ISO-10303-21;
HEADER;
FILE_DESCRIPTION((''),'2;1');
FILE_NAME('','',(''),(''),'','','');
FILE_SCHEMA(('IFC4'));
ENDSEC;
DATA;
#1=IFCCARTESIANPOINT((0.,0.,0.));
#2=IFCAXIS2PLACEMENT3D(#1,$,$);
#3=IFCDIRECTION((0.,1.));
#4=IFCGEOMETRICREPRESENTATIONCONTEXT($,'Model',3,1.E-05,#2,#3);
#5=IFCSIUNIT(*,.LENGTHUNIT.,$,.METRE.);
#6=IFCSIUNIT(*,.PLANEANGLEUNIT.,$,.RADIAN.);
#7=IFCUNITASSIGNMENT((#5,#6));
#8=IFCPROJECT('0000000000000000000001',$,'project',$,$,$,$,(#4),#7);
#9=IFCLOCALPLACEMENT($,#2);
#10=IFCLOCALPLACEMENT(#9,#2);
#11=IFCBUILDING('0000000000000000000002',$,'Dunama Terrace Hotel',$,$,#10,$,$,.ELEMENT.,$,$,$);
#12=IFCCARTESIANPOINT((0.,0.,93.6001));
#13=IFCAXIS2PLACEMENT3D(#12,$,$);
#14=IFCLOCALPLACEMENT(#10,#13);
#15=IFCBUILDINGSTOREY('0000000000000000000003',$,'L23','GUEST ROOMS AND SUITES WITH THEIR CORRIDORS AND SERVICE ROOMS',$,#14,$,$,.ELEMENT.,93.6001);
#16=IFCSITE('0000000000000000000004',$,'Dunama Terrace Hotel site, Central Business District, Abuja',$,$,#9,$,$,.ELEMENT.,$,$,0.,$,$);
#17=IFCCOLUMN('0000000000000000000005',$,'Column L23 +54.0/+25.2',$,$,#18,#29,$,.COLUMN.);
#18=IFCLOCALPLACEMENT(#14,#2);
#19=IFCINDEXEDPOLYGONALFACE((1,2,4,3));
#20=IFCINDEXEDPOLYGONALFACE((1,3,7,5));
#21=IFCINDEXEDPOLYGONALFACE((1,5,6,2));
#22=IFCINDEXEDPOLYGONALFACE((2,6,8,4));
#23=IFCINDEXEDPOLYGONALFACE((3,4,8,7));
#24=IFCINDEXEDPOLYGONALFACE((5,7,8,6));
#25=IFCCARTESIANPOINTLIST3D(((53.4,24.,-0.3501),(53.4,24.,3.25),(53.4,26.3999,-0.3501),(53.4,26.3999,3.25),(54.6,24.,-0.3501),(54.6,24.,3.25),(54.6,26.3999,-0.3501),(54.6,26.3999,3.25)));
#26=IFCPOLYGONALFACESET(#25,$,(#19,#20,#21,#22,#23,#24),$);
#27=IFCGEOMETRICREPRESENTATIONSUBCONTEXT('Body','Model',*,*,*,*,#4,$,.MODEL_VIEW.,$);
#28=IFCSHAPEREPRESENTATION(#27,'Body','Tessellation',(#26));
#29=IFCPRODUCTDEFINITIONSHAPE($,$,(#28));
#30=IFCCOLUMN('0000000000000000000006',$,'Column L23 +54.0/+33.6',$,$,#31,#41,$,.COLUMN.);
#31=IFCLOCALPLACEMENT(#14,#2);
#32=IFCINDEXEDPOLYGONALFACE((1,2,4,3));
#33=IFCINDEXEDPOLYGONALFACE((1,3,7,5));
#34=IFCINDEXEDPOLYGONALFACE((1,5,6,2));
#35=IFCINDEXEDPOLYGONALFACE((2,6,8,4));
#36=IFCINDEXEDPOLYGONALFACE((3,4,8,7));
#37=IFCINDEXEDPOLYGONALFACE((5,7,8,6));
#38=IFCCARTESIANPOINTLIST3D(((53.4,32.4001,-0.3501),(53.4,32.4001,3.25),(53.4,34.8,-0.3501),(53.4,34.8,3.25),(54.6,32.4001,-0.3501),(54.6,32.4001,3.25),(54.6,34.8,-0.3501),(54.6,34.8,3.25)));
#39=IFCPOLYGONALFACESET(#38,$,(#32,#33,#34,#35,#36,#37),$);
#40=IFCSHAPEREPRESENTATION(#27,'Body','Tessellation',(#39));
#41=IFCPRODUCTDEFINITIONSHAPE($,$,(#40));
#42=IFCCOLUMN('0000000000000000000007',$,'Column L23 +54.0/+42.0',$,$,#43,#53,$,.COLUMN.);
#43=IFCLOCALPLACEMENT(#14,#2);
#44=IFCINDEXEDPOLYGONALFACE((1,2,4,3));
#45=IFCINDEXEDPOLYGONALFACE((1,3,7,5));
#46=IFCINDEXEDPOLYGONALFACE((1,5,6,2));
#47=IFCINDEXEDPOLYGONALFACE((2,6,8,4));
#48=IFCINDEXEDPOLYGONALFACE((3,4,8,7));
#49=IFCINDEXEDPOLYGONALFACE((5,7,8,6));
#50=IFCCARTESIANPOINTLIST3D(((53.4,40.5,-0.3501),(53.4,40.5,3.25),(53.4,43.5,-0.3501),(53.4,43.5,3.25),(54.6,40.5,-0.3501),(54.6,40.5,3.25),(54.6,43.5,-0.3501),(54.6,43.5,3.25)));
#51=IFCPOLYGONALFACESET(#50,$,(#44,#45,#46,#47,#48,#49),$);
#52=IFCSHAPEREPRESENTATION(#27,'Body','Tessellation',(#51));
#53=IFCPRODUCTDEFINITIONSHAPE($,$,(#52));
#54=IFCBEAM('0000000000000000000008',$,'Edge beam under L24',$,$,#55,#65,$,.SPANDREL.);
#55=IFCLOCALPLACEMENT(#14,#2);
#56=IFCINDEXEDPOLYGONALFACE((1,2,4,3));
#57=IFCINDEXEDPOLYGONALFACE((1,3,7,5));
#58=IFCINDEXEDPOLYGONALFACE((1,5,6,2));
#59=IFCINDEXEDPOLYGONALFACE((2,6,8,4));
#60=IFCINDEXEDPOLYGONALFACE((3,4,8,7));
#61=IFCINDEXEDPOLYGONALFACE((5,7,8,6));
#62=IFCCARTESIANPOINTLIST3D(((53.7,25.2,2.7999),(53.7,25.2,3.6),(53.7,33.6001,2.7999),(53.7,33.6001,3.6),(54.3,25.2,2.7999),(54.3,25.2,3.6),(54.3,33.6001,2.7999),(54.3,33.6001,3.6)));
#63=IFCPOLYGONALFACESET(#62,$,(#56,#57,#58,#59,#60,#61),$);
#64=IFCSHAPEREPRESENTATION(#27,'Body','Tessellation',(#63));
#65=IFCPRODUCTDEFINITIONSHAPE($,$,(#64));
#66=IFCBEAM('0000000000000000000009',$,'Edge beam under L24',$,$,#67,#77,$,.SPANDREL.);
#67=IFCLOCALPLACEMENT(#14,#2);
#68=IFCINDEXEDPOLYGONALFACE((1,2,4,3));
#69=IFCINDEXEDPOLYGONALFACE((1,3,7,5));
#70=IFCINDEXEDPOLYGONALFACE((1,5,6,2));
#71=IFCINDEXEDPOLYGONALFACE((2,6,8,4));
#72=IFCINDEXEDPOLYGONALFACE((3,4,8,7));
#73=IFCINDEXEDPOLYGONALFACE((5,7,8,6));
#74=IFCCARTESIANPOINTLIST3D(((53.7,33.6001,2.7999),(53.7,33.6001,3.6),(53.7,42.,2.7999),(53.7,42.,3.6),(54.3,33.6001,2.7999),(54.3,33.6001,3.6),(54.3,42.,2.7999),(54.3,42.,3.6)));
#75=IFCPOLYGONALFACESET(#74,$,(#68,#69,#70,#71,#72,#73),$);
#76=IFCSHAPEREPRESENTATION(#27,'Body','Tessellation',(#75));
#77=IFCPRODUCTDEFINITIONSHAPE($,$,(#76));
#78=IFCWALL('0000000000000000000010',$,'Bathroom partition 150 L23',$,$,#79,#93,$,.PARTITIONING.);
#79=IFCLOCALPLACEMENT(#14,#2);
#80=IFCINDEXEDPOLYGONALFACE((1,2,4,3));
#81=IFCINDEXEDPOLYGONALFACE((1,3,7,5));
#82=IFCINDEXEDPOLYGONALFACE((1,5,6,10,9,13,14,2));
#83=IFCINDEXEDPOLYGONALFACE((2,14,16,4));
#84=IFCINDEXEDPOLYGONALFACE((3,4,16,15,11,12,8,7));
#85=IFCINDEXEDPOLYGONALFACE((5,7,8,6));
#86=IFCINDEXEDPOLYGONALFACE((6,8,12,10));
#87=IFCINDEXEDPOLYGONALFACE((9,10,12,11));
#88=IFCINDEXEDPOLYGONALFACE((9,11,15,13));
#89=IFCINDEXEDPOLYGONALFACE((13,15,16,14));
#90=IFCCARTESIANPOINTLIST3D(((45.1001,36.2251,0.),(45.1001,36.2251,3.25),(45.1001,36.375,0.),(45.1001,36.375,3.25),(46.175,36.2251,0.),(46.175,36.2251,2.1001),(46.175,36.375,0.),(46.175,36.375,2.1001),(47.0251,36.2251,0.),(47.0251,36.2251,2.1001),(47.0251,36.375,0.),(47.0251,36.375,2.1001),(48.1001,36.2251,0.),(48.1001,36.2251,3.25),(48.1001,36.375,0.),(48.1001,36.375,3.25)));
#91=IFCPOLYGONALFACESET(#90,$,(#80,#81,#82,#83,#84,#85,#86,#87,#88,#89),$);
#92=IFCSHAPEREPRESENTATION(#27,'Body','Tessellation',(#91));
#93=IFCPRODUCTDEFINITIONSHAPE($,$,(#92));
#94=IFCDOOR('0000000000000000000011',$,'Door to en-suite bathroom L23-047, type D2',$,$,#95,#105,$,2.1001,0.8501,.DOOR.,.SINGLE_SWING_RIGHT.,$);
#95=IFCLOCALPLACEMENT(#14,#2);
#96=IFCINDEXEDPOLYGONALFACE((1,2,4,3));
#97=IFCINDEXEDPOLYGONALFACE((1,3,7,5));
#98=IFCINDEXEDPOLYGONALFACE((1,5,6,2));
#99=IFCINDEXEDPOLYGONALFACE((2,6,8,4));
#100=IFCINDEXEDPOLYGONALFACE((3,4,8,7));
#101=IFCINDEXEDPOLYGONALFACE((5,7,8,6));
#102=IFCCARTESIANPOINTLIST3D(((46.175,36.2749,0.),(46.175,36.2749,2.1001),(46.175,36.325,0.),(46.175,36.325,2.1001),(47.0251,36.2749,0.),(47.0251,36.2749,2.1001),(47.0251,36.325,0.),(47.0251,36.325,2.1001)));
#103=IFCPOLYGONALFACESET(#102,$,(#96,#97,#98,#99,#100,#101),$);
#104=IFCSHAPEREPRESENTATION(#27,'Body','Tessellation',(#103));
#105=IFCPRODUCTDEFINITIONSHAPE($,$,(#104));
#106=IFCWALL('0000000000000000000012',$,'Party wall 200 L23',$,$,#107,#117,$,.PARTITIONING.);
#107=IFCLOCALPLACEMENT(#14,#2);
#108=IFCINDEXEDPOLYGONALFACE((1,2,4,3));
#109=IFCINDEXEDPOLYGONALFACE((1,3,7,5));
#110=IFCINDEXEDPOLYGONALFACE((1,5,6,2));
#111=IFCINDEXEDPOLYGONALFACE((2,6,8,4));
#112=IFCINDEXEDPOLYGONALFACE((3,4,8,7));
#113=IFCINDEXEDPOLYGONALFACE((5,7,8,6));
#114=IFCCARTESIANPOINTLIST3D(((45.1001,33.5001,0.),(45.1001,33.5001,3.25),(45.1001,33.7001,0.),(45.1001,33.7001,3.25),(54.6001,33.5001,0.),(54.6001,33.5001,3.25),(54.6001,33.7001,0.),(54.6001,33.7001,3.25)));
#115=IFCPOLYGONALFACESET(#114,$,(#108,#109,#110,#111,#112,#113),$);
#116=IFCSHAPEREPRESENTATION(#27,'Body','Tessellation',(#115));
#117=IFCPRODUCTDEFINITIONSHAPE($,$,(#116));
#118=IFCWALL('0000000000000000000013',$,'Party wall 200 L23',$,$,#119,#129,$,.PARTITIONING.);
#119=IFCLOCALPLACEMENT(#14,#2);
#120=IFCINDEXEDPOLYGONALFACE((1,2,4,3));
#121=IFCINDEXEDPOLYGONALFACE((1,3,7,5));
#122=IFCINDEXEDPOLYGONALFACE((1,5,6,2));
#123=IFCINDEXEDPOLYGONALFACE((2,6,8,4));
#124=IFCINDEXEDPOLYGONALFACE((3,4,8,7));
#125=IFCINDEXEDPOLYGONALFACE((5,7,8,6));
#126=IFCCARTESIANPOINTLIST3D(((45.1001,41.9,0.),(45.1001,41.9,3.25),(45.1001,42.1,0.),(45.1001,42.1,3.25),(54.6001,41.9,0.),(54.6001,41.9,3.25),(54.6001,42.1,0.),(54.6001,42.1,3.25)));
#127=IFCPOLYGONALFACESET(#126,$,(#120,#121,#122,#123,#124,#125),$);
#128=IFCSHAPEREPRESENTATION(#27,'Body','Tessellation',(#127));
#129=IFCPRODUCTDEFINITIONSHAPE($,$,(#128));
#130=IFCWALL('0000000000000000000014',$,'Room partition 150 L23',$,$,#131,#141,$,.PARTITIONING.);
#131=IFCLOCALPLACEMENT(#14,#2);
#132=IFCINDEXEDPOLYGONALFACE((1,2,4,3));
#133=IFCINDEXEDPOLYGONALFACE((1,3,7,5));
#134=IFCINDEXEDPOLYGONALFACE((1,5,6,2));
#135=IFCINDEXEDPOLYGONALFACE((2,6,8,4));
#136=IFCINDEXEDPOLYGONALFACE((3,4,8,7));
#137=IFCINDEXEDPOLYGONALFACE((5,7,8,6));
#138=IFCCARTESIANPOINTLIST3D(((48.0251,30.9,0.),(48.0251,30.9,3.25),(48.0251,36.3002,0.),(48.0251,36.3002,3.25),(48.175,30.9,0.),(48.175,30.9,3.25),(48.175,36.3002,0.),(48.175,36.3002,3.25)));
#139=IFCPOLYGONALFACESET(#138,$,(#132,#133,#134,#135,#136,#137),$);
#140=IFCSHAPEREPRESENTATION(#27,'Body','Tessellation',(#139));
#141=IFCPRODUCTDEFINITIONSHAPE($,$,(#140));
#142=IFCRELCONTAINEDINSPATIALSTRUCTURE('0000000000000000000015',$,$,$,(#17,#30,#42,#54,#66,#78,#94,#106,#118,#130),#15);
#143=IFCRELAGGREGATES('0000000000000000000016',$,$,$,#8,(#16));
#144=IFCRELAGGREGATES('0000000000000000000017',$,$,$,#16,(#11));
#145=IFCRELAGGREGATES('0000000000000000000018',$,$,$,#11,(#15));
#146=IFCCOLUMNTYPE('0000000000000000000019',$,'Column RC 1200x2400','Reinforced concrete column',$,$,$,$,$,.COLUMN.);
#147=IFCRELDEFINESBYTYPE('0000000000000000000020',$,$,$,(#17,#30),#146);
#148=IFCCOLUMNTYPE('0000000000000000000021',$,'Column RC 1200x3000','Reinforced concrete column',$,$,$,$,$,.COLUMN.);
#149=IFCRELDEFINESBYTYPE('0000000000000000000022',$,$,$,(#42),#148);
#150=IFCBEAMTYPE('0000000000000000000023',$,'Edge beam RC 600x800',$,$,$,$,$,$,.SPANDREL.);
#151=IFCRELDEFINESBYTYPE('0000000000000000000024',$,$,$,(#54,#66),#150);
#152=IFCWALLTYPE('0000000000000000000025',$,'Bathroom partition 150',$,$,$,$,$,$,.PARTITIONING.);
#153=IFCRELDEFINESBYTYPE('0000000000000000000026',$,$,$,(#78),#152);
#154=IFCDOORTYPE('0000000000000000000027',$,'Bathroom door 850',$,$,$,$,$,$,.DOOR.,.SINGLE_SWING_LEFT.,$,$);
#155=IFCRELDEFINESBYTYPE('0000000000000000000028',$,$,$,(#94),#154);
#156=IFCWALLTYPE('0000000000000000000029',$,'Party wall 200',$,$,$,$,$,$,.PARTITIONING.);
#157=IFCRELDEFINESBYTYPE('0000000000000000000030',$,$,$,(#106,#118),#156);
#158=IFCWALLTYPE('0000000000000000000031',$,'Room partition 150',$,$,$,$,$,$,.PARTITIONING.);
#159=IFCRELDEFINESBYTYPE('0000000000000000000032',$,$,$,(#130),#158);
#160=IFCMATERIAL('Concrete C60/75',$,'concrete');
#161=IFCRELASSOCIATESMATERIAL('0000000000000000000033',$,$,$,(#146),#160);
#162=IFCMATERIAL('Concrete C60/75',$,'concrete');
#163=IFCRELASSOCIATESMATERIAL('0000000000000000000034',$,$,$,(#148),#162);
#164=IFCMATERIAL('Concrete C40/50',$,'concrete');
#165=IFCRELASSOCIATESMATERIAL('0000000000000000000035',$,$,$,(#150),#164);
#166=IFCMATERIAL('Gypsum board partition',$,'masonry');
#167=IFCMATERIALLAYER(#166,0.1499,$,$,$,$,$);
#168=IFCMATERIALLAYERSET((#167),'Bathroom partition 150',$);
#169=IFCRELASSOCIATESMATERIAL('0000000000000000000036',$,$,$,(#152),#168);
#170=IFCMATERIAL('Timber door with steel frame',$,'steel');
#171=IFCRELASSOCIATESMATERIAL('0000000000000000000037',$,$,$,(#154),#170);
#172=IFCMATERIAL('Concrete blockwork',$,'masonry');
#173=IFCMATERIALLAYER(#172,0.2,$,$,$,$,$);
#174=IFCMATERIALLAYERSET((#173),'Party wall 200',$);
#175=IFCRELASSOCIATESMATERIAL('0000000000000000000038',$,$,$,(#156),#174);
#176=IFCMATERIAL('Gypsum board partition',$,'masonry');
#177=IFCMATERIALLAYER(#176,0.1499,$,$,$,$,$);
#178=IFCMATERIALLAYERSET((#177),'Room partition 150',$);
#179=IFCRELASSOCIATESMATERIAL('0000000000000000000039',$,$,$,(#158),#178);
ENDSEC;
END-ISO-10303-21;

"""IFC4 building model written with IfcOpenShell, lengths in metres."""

from ifc_helpers import new_model, si_unit, direction, frame, frame_2d, origin, origin_2d, place, context, subcontext, project, spatial, rectangle, extrude, material, layer, layer_set, material_profile, profile_set, type_object, element, fill, save


model = new_model("IFC4")

# Units and contexts
model_context = context("Model", 3, precision=1e-05, world=origin(), true_north=direction((0.0, 1.0)))
body_context = subcontext(model_context, "Body", "Model", "MODEL_VIEW")
ifc_project = project(units=[si_unit("LENGTHUNIT", "METRE"), si_unit("PLANEANGLEUNIT", "RADIAN")], contexts=[model_context])

# Site, building, storey
site_placement = place(None, origin())
site = spatial("IfcSite", under=ifc_project, at=site_placement, Name="Dunama Terrace Hotel site, Central Business District, Abuja", CompositionType="ELEMENT", RefElevation=0.0)
building_placement = place(site_placement, origin())
building = spatial("IfcBuilding", under=site, at=building_placement, Name="Dunama Terrace Hotel", CompositionType="ELEMENT")
storey_placement = place(building_placement, frame((0.0, 0.0, 93.6001)))
storey = spatial("IfcBuildingStorey", under=building, at=storey_placement, Name="L23", Description="GUEST ROOMS AND SUITES WITH THEIR CORRIDORS AND SERVICE ROOMS", CompositionType="ELEMENT", Elevation=93.6001)

# Columns
ifc_material_1 = material(Name="Concrete C60/75", Category="concrete")
ifc_material_profile_1 = material_profile(ifc_material_1, rectangle(XDim=1.2, YDim=2.3999, at=origin_2d()), Name="RC 1200x2400")
ifc_profile_set_1 = profile_set([ifc_material_profile_1], Name="Concrete C60/75")
column_type_1 = type_object("IfcColumnType", Name="Column RC 1200x2400", Description="Reinforced concrete column", PredefinedType="COLUMN", material=ifc_profile_set_1)
for number, where, z_axis, x_axis, name in (
    (1, (54.0, 25.2, -0.3501), (0.0, 0.0, 1.0), (1.0, 0.0, 0.0), "Column L23 +54.0/+25.2"),
    (2, (54.0, 33.6001, -0.3501), (0.0, 0.0, 1.0), (1.0, 0.0, 0.0), "Column L23 +54.0/+33.6"),
):
    element("IfcColumn", number, at=place(storey_placement, frame(where, z_axis=z_axis, x_axis=x_axis)), inside=storey, type_object=column_type_1, Name=name, PredefinedType="COLUMN", context=body_context, shape_type="SweptSolid", body=[
        extrude(rectangle(XDim=1.2, YDim=2.3999, at=origin_2d()), origin(), (0.0, 0.0, 1.0), 3.6001),
    ])
ifc_material_2 = material(Name="Concrete C60/75", Category="concrete")
ifc_material_profile_2 = material_profile(ifc_material_2, rectangle(XDim=1.2, YDim=3.0, at=origin_2d()), Name="RC 1200x3000")
ifc_profile_set_2 = profile_set([ifc_material_profile_2], Name="Concrete C60/75")
column_type_2 = type_object("IfcColumnType", Name="Column RC 1200x3000", Description="Reinforced concrete column", PredefinedType="COLUMN", material=ifc_profile_set_2)
column_placement = place(storey_placement, frame((54.0, 42.0, -0.3501), z_axis=(0.0, 0.0, 1.0), x_axis=(1.0, 0.0, 0.0)))
element("IfcColumn", 3, at=column_placement, inside=storey, type_object=column_type_2, Name="Column L23 +54.0/+42.0", PredefinedType="COLUMN", context=body_context, shape_type="SweptSolid", body=[
    extrude(rectangle(XDim=1.2, YDim=3.0, at=origin_2d()), origin(), (0.0, 0.0, 1.0), 3.6001),
])

# Beams
ifc_material_3 = material(Name="Concrete C40/50", Category="concrete")
ifc_material_profile_3 = material_profile(ifc_material_3, rectangle(XDim=0.6001, YDim=0.8, at=origin_2d()), Name="RC 600x800")
ifc_profile_set_3 = profile_set([ifc_material_profile_3], Name="Concrete C40/50")
beam_type = type_object("IfcBeamType", Name="Edge beam RC 600x800", PredefinedType="SPANDREL", material=ifc_profile_set_3)
beam_1_placement = place(storey_placement, frame((54.0, 25.2, 3.2), z_axis=(0.0, 1.0, 0.0), x_axis=(-1.0, 0.0, 0.0)))
element("IfcBeam", 4, at=beam_1_placement, inside=storey, type_object=beam_type, Name="Edge beam under L24", PredefinedType="SPANDREL", context=body_context, shape_type="SweptSolid", body=[
    extrude(rectangle(XDim=0.6001, YDim=0.8, at=origin_2d()), origin(), (0.0, 0.0, 1.0), 8.4001),
])
beam_2_placement = place(storey_placement, frame((54.0, 33.6001, 3.2), z_axis=(0.0, 1.0, 0.0), x_axis=(-1.0, 0.0, 0.0)))
element("IfcBeam", 5, at=beam_2_placement, inside=storey, type_object=beam_type, Name="Edge beam under L24", PredefinedType="SPANDREL", context=body_context, shape_type="SweptSolid", body=[
    extrude(rectangle(XDim=0.6001, YDim=0.8, at=origin_2d()), origin(), (0.0, 0.0, 1.0), 8.3999),
])

# Wall, opening, door
ifc_material_4 = material(Name="Gypsum board partition", Category="masonry")
ifc_layer_1 = layer(ifc_material_4, 0.1499)
ifc_layer_set_1 = layer_set([ifc_layer_1], Name="Bathroom partition 150")
wall_type_1 = type_object("IfcWallType", Name="Bathroom partition 150", PredefinedType="PARTITIONING", material=ifc_layer_set_1)
wall_1_placement = place(storey_placement, frame((45.1001, 36.3, 0.0), z_axis=(0.0, 0.0, 1.0), x_axis=(1.0, 0.0, 0.0)))
wall_1 = element("IfcWall", 6, at=wall_1_placement, inside=storey, type_object=wall_type_1, Name="Bathroom partition 150 L23", PredefinedType="PARTITIONING", context=body_context, shape_type="SweptSolid", body=[
    extrude(rectangle(XDim=3.0, YDim=0.1499, at=frame_2d((1.5, 0.0))), origin(), (0.0, 0.0, 1.0), 3.25),
])
opening_1_placement = place(wall_1_placement, frame((1.075, 0.0, 0.0)))
opening_1 = element("IfcOpeningElement", 7, at=opening_1_placement, cuts=wall_1, PredefinedType="OPENING", context=body_context, shape_type="SweptSolid", body=[
    extrude(rectangle(XDim=0.8501, YDim=2.1001, at=frame_2d((0.425, 1.05))), frame((0.0, 0.085, 0.0), z_axis=(0.0, -1.0, 0.0), x_axis=(1.0, 0.0, 0.0)), (0.0, 0.0, 1.0), 0.1699),
])
ifc_material_5 = material(Name="Timber door with steel frame", Category="steel")
door_type_1 = type_object("IfcDoorType", Name="Bathroom door 850", OperationType="SINGLE_SWING_LEFT", PredefinedType="DOOR", material=ifc_material_5)
door_1_placement = place(opening_1_placement, frame((0.8501, 0.0, 0.0), z_axis=(0.0, 0.0, 1.0), x_axis=(-1.0, 0.0, 0.0)))
door_1 = element("IfcDoor", 8, at=door_1_placement, inside=storey, type_object=door_type_1, Name="Door to en-suite bathroom L23-047, type D2", OperationType="SINGLE_SWING_RIGHT", OverallHeight=2.1001, OverallWidth=0.8501, PredefinedType="DOOR", context=body_context, shape_type="SweptSolid", body=[
    extrude(rectangle(XDim=0.8501, YDim=2.1001, at=frame_2d((0.425, 1.05))), frame((0.0, 0.0251, 0.0), z_axis=(0.0, -1.0, 0.0), x_axis=(1.0, 0.0, 0.0)), (0.0, 0.0, 1.0), 0.05),
])
fill(opening_1, door_1)

# Walls
ifc_material_6 = material(Name="Concrete blockwork", Category="masonry")
ifc_layer_2 = layer(ifc_material_6, 0.2)
ifc_layer_set_2 = layer_set([ifc_layer_2], Name="Party wall 200")
wall_type_2 = type_object("IfcWallType", Name="Party wall 200", PredefinedType="PARTITIONING", material=ifc_layer_set_2)
for number, where, z_axis, x_axis, name in (
    (9, (45.1001, 33.6001, 0.0), (0.0, 0.0, 1.0), (1.0, 0.0, 0.0), "Party wall 200 L23"),
    (10, (45.1001, 42.0, 0.0), (0.0, 0.0, 1.0), (1.0, 0.0, 0.0), "Party wall 200 L23"),
):
    element("IfcWall", number, at=place(storey_placement, frame(where, z_axis=z_axis, x_axis=x_axis)), inside=storey, type_object=wall_type_2, Name=name, PredefinedType="PARTITIONING", context=body_context, shape_type="SweptSolid", body=[
        extrude(rectangle(XDim=9.5, YDim=0.2, at=frame_2d((4.75, 0.0))), origin(), (0.0, 0.0, 1.0), 3.25),
    ])
ifc_material_7 = material(Name="Gypsum board partition", Category="masonry")
ifc_layer_3 = layer(ifc_material_7, 0.1499)
ifc_layer_set_3 = layer_set([ifc_layer_3], Name="Room partition 150")
wall_type_3 = type_object("IfcWallType", Name="Room partition 150", PredefinedType="PARTITIONING", material=ifc_layer_set_3)
wall_2_placement = place(storey_placement, frame((48.1001, 30.8999, 0.0), z_axis=(0.0, 0.0, 1.0), x_axis=(0.0, 1.0, 0.0)))
element("IfcWall", 11, at=wall_2_placement, inside=storey, type_object=wall_type_3, Name="Room partition 150 L23", PredefinedType="PARTITIONING", context=body_context, shape_type="SweptSolid", body=[
    extrude(rectangle(XDim=5.4001, YDim=0.1499, at=frame_2d((2.7002, 0.0))), origin(), (0.0, 0.0, 1.0), 3.25),
])

save(model, "model.ifc")
